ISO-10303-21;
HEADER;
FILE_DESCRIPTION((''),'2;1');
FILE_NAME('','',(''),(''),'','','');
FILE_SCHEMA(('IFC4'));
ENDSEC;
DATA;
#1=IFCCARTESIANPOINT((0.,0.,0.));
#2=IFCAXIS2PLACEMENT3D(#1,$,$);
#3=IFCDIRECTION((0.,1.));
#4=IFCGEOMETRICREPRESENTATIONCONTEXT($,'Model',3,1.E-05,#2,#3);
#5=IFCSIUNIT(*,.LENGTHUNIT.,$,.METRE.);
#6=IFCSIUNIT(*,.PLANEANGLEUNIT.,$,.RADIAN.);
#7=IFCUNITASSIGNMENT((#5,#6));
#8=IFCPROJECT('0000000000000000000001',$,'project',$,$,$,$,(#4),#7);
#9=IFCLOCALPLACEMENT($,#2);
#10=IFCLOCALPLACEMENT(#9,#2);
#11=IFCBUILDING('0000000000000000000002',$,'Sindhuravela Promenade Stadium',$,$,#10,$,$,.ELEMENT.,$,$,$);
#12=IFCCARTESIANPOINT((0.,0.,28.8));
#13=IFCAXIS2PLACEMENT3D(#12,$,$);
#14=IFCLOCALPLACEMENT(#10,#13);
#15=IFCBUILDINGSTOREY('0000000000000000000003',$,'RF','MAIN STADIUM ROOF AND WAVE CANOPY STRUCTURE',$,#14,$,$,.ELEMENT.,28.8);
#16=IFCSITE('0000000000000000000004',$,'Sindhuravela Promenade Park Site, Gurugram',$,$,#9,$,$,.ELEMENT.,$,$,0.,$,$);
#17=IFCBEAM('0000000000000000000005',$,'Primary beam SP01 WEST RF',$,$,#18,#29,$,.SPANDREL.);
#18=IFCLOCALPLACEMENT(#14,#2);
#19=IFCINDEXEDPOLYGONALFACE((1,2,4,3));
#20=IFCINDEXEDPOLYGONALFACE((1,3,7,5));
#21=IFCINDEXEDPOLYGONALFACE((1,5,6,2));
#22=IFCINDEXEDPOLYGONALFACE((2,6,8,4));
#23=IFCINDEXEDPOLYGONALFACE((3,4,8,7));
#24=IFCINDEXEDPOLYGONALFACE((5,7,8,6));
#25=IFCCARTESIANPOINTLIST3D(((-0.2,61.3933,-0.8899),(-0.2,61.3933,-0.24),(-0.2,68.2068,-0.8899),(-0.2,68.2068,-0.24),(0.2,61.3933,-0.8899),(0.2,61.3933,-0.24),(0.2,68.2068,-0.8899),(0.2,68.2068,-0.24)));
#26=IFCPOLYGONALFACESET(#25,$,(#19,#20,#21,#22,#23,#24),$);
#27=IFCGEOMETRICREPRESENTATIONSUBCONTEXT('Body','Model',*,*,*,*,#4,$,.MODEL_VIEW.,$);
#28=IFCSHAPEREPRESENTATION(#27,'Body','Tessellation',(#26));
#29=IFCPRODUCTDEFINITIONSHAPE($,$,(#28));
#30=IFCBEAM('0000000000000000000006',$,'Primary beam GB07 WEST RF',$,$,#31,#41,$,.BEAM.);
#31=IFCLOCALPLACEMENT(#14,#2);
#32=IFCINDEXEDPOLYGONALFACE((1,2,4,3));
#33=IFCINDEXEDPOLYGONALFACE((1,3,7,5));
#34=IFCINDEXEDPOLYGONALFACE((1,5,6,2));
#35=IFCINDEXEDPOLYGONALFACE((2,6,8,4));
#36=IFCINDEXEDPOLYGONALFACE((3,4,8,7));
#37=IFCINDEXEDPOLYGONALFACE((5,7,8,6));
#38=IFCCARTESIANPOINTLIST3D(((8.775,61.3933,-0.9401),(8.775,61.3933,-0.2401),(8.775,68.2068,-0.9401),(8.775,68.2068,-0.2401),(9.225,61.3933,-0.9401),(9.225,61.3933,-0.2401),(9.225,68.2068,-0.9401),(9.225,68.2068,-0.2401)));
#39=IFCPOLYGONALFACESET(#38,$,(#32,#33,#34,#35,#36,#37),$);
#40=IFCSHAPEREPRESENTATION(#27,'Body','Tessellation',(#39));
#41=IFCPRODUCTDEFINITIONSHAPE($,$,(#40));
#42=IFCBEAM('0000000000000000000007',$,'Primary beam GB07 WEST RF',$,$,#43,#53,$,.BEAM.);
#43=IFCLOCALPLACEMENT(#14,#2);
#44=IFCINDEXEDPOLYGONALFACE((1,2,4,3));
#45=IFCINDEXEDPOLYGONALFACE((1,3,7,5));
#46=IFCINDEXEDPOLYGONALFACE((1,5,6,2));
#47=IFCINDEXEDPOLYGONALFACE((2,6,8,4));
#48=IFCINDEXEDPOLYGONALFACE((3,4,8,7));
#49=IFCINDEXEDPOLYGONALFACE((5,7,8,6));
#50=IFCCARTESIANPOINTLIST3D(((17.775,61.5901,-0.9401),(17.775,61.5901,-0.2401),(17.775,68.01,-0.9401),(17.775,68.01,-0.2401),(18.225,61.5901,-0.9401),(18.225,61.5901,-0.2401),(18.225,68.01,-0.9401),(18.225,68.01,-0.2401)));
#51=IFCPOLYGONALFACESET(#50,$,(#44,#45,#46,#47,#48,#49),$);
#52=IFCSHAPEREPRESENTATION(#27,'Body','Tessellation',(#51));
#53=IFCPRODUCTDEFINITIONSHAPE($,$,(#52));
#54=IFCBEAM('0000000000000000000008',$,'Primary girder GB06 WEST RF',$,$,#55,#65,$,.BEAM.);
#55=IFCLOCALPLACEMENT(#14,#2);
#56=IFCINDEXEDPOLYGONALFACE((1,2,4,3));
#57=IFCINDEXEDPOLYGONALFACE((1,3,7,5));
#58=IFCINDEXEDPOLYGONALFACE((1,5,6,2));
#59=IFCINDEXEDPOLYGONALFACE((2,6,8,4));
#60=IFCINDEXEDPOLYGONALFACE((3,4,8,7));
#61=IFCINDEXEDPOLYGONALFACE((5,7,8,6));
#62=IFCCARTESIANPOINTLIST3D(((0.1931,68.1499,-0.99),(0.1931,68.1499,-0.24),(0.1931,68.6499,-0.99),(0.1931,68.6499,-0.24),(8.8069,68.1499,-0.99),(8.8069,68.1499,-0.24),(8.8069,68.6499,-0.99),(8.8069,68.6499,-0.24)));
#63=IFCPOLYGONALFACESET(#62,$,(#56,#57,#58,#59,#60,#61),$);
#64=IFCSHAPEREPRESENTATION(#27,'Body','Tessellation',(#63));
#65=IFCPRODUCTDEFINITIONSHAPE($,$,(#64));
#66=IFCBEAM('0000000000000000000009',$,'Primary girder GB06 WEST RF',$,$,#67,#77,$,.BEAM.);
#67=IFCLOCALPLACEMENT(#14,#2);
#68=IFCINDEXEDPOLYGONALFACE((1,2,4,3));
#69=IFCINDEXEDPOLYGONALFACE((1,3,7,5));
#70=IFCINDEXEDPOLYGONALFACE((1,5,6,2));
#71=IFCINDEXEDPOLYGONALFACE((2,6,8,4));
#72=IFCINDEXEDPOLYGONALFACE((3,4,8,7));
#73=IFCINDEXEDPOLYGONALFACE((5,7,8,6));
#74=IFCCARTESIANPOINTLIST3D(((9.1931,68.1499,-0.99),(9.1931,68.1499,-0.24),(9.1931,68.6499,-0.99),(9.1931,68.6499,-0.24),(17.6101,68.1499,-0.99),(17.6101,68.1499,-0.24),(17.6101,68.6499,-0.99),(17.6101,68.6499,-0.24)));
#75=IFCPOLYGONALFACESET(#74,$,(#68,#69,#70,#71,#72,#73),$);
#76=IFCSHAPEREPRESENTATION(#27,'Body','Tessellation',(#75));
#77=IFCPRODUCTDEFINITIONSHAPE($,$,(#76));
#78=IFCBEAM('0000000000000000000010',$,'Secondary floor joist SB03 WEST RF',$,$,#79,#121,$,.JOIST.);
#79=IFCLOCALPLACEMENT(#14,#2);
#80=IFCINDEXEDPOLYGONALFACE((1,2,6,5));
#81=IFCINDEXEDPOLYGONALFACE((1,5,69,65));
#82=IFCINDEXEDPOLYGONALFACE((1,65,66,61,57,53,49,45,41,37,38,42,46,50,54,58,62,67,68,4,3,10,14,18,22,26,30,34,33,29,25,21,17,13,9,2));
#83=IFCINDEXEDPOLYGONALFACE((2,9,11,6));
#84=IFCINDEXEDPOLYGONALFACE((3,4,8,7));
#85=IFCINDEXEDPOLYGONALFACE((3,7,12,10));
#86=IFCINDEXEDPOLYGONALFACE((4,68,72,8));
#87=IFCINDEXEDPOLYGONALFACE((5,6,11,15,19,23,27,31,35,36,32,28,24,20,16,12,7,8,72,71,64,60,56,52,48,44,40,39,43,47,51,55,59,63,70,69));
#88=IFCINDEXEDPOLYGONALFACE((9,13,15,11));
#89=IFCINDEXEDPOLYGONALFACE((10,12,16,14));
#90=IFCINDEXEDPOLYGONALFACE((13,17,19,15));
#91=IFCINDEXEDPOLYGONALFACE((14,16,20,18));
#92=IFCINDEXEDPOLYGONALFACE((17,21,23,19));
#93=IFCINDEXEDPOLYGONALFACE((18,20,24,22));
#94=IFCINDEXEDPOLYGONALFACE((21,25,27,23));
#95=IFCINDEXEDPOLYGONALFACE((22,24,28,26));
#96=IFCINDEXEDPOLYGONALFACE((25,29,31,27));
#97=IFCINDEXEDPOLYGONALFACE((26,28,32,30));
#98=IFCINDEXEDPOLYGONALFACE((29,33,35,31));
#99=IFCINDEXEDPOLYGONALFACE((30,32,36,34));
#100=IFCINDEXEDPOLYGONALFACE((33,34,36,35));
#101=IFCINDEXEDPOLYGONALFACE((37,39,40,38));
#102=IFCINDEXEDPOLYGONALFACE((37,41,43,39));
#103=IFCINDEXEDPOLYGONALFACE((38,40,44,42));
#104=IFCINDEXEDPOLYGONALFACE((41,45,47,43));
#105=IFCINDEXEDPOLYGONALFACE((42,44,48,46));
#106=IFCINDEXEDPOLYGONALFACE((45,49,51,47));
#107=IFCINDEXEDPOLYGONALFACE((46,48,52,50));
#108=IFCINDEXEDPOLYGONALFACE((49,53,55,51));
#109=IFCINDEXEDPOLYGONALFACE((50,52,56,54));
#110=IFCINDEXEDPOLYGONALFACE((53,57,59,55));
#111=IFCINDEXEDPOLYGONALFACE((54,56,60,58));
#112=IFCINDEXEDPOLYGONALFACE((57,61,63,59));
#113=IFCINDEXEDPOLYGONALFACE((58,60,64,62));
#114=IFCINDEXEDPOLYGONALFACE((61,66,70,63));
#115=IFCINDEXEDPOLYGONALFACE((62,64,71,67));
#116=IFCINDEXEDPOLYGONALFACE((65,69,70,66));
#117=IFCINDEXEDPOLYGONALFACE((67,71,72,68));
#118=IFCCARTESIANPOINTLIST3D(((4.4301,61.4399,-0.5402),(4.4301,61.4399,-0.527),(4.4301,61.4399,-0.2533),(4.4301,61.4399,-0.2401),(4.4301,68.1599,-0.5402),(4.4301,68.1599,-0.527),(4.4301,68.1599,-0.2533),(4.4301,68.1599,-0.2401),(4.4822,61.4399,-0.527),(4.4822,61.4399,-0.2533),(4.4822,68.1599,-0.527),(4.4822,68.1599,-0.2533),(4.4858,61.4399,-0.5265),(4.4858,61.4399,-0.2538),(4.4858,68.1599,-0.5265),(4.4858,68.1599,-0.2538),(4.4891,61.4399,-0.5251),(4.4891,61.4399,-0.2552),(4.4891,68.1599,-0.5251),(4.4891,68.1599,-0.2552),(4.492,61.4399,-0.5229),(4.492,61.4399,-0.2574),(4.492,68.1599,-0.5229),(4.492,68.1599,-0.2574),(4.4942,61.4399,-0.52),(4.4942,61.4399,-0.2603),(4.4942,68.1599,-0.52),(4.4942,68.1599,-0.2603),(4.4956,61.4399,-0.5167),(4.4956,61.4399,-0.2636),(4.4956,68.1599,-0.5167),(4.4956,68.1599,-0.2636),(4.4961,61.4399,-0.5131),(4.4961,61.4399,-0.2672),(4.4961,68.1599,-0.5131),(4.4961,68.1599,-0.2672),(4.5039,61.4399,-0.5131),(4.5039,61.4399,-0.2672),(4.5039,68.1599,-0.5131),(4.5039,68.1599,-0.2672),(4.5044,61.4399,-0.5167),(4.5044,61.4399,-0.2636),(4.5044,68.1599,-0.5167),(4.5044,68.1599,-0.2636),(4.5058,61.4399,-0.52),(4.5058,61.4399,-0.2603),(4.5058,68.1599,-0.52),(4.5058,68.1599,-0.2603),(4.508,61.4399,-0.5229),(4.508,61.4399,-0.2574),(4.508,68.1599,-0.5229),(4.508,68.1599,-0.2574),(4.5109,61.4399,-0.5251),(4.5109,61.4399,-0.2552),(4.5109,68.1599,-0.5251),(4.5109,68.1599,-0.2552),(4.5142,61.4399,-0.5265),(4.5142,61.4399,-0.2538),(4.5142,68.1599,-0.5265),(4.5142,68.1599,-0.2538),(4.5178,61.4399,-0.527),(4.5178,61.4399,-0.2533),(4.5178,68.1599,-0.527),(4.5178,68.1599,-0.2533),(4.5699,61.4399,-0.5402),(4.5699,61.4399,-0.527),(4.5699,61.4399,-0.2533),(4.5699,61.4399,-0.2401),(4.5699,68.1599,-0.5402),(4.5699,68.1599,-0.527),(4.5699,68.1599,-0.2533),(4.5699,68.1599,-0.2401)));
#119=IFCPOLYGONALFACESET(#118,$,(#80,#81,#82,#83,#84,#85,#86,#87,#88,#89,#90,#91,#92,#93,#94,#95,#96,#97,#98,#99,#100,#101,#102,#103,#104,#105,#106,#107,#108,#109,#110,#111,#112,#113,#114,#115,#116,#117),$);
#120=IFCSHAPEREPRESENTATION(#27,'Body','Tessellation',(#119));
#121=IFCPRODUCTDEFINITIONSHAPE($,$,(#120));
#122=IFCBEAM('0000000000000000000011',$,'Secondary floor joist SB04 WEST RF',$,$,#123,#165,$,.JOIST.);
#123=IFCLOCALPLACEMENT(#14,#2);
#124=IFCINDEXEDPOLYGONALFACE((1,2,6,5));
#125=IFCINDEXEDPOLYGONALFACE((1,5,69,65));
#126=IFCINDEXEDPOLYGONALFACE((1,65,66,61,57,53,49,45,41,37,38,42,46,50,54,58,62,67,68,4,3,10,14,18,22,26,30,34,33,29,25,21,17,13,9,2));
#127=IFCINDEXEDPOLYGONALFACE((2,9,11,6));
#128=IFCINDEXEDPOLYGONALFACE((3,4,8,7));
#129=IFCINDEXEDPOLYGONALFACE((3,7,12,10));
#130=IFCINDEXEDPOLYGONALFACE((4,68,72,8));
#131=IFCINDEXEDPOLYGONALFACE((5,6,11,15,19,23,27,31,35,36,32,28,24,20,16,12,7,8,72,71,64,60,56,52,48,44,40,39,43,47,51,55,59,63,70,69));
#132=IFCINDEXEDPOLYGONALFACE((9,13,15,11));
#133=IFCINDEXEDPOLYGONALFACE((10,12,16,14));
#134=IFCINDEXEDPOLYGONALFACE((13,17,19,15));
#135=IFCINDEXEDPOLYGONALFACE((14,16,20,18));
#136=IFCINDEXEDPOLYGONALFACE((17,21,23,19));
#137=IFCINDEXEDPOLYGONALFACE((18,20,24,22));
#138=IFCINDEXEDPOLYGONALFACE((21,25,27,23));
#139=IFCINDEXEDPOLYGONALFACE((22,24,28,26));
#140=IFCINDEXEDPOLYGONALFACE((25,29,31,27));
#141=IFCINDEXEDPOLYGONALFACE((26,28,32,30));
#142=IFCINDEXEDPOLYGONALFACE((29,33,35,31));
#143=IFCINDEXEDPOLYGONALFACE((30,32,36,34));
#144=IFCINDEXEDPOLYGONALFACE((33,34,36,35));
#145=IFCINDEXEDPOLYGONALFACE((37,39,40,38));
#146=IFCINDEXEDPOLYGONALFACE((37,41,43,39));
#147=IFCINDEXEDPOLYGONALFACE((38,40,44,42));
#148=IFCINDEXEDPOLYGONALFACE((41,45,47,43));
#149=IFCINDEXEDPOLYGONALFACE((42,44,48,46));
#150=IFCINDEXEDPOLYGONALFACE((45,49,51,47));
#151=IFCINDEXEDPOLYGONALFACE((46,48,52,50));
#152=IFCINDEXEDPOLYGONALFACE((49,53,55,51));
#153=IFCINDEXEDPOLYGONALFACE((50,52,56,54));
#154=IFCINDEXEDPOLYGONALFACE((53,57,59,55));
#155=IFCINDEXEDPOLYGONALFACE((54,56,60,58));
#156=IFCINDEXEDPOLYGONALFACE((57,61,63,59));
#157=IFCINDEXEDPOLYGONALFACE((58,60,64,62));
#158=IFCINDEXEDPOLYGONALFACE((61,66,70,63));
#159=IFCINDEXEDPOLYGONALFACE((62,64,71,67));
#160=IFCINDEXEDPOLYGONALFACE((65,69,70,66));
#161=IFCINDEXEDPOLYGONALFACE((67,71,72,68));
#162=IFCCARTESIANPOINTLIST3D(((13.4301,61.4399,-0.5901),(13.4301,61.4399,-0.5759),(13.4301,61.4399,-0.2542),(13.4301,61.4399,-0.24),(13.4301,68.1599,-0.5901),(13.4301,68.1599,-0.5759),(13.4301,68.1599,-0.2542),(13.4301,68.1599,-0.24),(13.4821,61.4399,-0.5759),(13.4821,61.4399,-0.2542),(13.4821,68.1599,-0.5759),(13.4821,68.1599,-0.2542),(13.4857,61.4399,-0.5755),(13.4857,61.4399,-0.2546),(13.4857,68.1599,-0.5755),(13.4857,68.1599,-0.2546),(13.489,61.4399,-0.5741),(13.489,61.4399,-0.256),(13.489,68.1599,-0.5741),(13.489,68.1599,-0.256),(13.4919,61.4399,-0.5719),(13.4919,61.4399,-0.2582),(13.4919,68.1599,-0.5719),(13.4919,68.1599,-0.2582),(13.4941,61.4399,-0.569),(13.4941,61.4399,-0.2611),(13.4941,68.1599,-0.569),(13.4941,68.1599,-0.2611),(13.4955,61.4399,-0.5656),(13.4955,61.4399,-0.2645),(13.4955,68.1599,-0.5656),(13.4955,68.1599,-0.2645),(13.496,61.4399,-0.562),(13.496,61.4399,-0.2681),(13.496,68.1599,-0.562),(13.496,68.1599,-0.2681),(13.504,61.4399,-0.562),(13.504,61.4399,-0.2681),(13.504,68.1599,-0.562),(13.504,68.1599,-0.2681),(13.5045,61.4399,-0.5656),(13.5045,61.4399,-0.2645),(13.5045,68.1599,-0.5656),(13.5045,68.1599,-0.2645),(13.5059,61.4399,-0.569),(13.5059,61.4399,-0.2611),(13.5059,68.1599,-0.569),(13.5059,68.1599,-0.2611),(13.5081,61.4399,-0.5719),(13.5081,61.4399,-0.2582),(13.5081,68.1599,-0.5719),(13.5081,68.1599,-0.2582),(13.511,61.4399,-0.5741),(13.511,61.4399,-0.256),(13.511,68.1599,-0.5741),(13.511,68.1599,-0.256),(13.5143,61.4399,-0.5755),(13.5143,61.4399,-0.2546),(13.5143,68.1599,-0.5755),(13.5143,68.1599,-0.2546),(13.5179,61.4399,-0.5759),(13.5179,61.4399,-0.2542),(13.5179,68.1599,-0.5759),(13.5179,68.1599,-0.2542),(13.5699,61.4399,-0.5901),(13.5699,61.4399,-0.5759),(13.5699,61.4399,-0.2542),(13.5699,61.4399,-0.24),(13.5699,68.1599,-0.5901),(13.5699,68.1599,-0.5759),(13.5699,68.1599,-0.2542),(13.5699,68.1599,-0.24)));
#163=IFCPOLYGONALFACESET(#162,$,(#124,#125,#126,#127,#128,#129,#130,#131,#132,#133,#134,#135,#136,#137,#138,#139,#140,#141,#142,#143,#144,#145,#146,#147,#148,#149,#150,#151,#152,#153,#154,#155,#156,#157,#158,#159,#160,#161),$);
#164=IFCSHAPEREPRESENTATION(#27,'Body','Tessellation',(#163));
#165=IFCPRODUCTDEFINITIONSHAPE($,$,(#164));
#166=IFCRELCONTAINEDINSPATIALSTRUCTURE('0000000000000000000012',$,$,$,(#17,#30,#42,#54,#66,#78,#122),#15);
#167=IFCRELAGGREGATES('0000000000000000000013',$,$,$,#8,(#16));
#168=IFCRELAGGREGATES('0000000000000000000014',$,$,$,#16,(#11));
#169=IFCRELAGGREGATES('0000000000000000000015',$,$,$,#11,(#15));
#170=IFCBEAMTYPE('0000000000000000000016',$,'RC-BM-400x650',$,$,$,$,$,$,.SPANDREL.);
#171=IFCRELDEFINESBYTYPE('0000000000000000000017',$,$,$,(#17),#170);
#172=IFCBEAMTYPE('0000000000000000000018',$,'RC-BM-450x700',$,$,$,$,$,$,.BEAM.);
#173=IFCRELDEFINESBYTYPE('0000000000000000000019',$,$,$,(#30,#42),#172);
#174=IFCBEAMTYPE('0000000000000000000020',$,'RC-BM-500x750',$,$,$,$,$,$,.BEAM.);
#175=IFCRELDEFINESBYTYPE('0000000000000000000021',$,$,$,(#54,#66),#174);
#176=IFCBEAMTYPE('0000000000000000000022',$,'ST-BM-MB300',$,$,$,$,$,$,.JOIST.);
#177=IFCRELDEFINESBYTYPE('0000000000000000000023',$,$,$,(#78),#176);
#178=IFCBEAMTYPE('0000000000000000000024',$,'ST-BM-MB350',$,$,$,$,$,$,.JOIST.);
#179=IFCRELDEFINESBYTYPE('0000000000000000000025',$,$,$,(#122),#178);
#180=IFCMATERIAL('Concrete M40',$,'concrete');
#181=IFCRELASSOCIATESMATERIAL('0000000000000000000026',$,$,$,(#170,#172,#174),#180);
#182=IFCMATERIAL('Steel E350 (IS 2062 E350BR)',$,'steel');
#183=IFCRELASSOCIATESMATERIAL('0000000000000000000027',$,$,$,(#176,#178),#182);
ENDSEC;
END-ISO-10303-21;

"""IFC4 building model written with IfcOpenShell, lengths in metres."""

from ifc_helpers import new_model, si_unit, direction, frame, origin, origin_2d, place, context, subcontext, project, spatial, rectangle, i_section, extrude, material, material_profile, profile_set, type_object, element, save


model = new_model("IFC4")

# Units and contexts
model_context = context("Model", 3, precision=1e-05, world=origin(), true_north=direction((0.0, 1.0)))
body_context = subcontext(model_context, "Body", "Model", "MODEL_VIEW")
ifc_project = project(units=[si_unit("LENGTHUNIT", "METRE"), si_unit("PLANEANGLEUNIT", "RADIAN")], contexts=[model_context])

# Site, building, storey
site_placement = place(None, origin())
site = spatial("IfcSite", under=ifc_project, at=site_placement, Name="Sindhuravela Promenade Park Site, Gurugram", CompositionType="ELEMENT", RefElevation=0.0)
building_placement = place(site_placement, origin())
building = spatial("IfcBuilding", under=site, at=building_placement, Name="Sindhuravela Promenade Stadium", CompositionType="ELEMENT")
storey_placement = place(building_placement, frame((0.0, 0.0, 28.8)))
storey = spatial("IfcBuildingStorey", under=building, at=storey_placement, Name="RF", Description="MAIN STADIUM ROOF AND WAVE CANOPY STRUCTURE", CompositionType="ELEMENT", Elevation=28.8)

# Beams
ifc_material_1 = material(Name="Concrete M40", Category="concrete")
ifc_material_profile_1 = material_profile(ifc_material_1, rectangle(XDim=0.3999, YDim=0.6499, at=origin_2d()), Name="RC 400x650")
ifc_profile_set_1 = profile_set([ifc_material_profile_1], Name="Concrete M40")
beam_type_1 = type_object("IfcBeamType", Name="RC-BM-400x650", PredefinedType="SPANDREL", material=ifc_profile_set_1)
beam_1_placement = place(storey_placement, frame((0.0, 61.3933, -0.5649), z_axis=(0.0, 1.0, 0.0), x_axis=(-1.0, 0.0, 0.0)))
element("IfcBeam", 1, at=beam_1_placement, inside=storey, type_object=beam_type_1, Name="Primary beam SP01 WEST RF", PredefinedType="SPANDREL", context=body_context, shape_type="SweptSolid", body=[
    extrude(rectangle(XDim=0.3999, YDim=0.6499, at=origin_2d()), origin(), (0.0, 0.0, 1.0), 6.8135),
])
ifc_material_profile_2 = material_profile(ifc_material_1, rectangle(XDim=0.45, YDim=0.7, at=origin_2d()), Name="RC 450x700")
ifc_profile_set_2 = profile_set([ifc_material_profile_2], Name="Concrete M40")
beam_type_2 = type_object("IfcBeamType", Name="RC-BM-450x700", PredefinedType="BEAM", material=ifc_profile_set_2)
beam_2_placement = place(storey_placement, frame((9.0, 61.3933, -0.5901), z_axis=(0.0, 1.0, 0.0), x_axis=(-1.0, 0.0, 0.0)))
element("IfcBeam", 2, at=beam_2_placement, inside=storey, type_object=beam_type_2, Name="Primary beam GB07 WEST RF", PredefinedType="BEAM", context=body_context, shape_type="SweptSolid", body=[
    extrude(rectangle(XDim=0.45, YDim=0.7, at=origin_2d()), origin(), (0.0, 0.0, 1.0), 6.8135),
])
beam_3_placement = place(storey_placement, frame((18.0, 61.5901, -0.5901), z_axis=(0.0, 1.0, 0.0), x_axis=(-1.0, 0.0, 0.0)))
element("IfcBeam", 3, at=beam_3_placement, inside=storey, type_object=beam_type_2, Name="Primary beam GB07 WEST RF", PredefinedType="BEAM", context=body_context, shape_type="SweptSolid", body=[
    extrude(rectangle(XDim=0.45, YDim=0.7, at=origin_2d()), origin(), (0.0, 0.0, 1.0), 6.4199),
])
ifc_material_profile_3 = material_profile(ifc_material_1, rectangle(XDim=0.5, YDim=0.75, at=origin_2d()), Name="RC 500x750")
ifc_profile_set_3 = profile_set([ifc_material_profile_3], Name="Concrete M40")
beam_type_3 = type_object("IfcBeamType", Name="RC-BM-500x750", PredefinedType="BEAM", material=ifc_profile_set_3)
beam_4_placement = place(storey_placement, frame((0.1931, 68.3999, -0.615), z_axis=(1.0, 0.0, 0.0), x_axis=(0.0, 1.0, 0.0)))
element("IfcBeam", 4, at=beam_4_placement, inside=storey, type_object=beam_type_3, Name="Primary girder GB06 WEST RF", PredefinedType="BEAM", context=body_context, shape_type="SweptSolid", body=[
    extrude(rectangle(XDim=0.5, YDim=0.75, at=origin_2d()), origin(), (0.0, 0.0, 1.0), 8.6138),
])
beam_5_placement = place(storey_placement, frame((9.1931, 68.3999, -0.615), z_axis=(1.0, 0.0, 0.0), x_axis=(0.0, 1.0, 0.0)))
element("IfcBeam", 5, at=beam_5_placement, inside=storey, type_object=beam_type_3, Name="Primary girder GB06 WEST RF", PredefinedType="BEAM", context=body_context, shape_type="SweptSolid", body=[
    extrude(rectangle(XDim=0.5, YDim=0.75, at=origin_2d()), origin(), (0.0, 0.0, 1.0), 8.417),
])
ifc_material_2 = material(Name="Steel E350 (IS 2062 E350BR)", Category="steel")
ifc_material_profile_4 = material_profile(ifc_material_2, i_section(OverallWidth=0.1399, OverallDepth=0.3, WebThickness=0.0078, FlangeThickness=0.0132, FilletRadius=0.0139, at=origin_2d()), Name="ISMB 300")
ifc_profile_set_4 = profile_set([ifc_material_profile_4], Name="Steel E350 (IS 2062 E350BR)")
beam_type_4 = type_object("IfcBeamType", Name="ST-BM-MB300", PredefinedType="JOIST", material=ifc_profile_set_4)
beam_6_placement = place(storey_placement, frame((4.5, 61.4399, -0.3901), z_axis=(0.0, 1.0, 0.0), x_axis=(-1.0, 0.0, 0.0)))
element("IfcBeam", 6, at=beam_6_placement, inside=storey, type_object=beam_type_4, Name="Secondary floor joist SB03 WEST RF", PredefinedType="JOIST", context=body_context, shape_type="SweptSolid", body=[
    extrude(i_section(OverallWidth=0.1399, OverallDepth=0.3, WebThickness=0.0078, FlangeThickness=0.0132, FilletRadius=0.0139, at=origin_2d()), origin(), (0.0, 0.0, 1.0), 6.72),
])
ifc_material_profile_5 = material_profile(ifc_material_2, i_section(OverallWidth=0.1399, OverallDepth=0.3501, WebThickness=0.0081, FlangeThickness=0.0142, FilletRadius=0.0139, at=origin_2d()), Name="ISMB 350")
ifc_profile_set_5 = profile_set([ifc_material_profile_5], Name="Steel E350 (IS 2062 E350BR)")
beam_type_5 = type_object("IfcBeamType", Name="ST-BM-MB350", PredefinedType="JOIST", material=ifc_profile_set_5)
beam_7_placement = place(storey_placement, frame((13.5, 61.4399, -0.415), z_axis=(0.0, 1.0, 0.0), x_axis=(-1.0, 0.0, 0.0)))
element("IfcBeam", 7, at=beam_7_placement, inside=storey, type_object=beam_type_5, Name="Secondary floor joist SB04 WEST RF", PredefinedType="JOIST", context=body_context, shape_type="SweptSolid", body=[
    extrude(i_section(OverallWidth=0.1399, OverallDepth=0.3501, WebThickness=0.0081, FlangeThickness=0.0142, FilletRadius=0.0139, at=origin_2d()), origin(), (0.0, 0.0, 1.0), 6.72),
])

save(model, "model.ifc")
